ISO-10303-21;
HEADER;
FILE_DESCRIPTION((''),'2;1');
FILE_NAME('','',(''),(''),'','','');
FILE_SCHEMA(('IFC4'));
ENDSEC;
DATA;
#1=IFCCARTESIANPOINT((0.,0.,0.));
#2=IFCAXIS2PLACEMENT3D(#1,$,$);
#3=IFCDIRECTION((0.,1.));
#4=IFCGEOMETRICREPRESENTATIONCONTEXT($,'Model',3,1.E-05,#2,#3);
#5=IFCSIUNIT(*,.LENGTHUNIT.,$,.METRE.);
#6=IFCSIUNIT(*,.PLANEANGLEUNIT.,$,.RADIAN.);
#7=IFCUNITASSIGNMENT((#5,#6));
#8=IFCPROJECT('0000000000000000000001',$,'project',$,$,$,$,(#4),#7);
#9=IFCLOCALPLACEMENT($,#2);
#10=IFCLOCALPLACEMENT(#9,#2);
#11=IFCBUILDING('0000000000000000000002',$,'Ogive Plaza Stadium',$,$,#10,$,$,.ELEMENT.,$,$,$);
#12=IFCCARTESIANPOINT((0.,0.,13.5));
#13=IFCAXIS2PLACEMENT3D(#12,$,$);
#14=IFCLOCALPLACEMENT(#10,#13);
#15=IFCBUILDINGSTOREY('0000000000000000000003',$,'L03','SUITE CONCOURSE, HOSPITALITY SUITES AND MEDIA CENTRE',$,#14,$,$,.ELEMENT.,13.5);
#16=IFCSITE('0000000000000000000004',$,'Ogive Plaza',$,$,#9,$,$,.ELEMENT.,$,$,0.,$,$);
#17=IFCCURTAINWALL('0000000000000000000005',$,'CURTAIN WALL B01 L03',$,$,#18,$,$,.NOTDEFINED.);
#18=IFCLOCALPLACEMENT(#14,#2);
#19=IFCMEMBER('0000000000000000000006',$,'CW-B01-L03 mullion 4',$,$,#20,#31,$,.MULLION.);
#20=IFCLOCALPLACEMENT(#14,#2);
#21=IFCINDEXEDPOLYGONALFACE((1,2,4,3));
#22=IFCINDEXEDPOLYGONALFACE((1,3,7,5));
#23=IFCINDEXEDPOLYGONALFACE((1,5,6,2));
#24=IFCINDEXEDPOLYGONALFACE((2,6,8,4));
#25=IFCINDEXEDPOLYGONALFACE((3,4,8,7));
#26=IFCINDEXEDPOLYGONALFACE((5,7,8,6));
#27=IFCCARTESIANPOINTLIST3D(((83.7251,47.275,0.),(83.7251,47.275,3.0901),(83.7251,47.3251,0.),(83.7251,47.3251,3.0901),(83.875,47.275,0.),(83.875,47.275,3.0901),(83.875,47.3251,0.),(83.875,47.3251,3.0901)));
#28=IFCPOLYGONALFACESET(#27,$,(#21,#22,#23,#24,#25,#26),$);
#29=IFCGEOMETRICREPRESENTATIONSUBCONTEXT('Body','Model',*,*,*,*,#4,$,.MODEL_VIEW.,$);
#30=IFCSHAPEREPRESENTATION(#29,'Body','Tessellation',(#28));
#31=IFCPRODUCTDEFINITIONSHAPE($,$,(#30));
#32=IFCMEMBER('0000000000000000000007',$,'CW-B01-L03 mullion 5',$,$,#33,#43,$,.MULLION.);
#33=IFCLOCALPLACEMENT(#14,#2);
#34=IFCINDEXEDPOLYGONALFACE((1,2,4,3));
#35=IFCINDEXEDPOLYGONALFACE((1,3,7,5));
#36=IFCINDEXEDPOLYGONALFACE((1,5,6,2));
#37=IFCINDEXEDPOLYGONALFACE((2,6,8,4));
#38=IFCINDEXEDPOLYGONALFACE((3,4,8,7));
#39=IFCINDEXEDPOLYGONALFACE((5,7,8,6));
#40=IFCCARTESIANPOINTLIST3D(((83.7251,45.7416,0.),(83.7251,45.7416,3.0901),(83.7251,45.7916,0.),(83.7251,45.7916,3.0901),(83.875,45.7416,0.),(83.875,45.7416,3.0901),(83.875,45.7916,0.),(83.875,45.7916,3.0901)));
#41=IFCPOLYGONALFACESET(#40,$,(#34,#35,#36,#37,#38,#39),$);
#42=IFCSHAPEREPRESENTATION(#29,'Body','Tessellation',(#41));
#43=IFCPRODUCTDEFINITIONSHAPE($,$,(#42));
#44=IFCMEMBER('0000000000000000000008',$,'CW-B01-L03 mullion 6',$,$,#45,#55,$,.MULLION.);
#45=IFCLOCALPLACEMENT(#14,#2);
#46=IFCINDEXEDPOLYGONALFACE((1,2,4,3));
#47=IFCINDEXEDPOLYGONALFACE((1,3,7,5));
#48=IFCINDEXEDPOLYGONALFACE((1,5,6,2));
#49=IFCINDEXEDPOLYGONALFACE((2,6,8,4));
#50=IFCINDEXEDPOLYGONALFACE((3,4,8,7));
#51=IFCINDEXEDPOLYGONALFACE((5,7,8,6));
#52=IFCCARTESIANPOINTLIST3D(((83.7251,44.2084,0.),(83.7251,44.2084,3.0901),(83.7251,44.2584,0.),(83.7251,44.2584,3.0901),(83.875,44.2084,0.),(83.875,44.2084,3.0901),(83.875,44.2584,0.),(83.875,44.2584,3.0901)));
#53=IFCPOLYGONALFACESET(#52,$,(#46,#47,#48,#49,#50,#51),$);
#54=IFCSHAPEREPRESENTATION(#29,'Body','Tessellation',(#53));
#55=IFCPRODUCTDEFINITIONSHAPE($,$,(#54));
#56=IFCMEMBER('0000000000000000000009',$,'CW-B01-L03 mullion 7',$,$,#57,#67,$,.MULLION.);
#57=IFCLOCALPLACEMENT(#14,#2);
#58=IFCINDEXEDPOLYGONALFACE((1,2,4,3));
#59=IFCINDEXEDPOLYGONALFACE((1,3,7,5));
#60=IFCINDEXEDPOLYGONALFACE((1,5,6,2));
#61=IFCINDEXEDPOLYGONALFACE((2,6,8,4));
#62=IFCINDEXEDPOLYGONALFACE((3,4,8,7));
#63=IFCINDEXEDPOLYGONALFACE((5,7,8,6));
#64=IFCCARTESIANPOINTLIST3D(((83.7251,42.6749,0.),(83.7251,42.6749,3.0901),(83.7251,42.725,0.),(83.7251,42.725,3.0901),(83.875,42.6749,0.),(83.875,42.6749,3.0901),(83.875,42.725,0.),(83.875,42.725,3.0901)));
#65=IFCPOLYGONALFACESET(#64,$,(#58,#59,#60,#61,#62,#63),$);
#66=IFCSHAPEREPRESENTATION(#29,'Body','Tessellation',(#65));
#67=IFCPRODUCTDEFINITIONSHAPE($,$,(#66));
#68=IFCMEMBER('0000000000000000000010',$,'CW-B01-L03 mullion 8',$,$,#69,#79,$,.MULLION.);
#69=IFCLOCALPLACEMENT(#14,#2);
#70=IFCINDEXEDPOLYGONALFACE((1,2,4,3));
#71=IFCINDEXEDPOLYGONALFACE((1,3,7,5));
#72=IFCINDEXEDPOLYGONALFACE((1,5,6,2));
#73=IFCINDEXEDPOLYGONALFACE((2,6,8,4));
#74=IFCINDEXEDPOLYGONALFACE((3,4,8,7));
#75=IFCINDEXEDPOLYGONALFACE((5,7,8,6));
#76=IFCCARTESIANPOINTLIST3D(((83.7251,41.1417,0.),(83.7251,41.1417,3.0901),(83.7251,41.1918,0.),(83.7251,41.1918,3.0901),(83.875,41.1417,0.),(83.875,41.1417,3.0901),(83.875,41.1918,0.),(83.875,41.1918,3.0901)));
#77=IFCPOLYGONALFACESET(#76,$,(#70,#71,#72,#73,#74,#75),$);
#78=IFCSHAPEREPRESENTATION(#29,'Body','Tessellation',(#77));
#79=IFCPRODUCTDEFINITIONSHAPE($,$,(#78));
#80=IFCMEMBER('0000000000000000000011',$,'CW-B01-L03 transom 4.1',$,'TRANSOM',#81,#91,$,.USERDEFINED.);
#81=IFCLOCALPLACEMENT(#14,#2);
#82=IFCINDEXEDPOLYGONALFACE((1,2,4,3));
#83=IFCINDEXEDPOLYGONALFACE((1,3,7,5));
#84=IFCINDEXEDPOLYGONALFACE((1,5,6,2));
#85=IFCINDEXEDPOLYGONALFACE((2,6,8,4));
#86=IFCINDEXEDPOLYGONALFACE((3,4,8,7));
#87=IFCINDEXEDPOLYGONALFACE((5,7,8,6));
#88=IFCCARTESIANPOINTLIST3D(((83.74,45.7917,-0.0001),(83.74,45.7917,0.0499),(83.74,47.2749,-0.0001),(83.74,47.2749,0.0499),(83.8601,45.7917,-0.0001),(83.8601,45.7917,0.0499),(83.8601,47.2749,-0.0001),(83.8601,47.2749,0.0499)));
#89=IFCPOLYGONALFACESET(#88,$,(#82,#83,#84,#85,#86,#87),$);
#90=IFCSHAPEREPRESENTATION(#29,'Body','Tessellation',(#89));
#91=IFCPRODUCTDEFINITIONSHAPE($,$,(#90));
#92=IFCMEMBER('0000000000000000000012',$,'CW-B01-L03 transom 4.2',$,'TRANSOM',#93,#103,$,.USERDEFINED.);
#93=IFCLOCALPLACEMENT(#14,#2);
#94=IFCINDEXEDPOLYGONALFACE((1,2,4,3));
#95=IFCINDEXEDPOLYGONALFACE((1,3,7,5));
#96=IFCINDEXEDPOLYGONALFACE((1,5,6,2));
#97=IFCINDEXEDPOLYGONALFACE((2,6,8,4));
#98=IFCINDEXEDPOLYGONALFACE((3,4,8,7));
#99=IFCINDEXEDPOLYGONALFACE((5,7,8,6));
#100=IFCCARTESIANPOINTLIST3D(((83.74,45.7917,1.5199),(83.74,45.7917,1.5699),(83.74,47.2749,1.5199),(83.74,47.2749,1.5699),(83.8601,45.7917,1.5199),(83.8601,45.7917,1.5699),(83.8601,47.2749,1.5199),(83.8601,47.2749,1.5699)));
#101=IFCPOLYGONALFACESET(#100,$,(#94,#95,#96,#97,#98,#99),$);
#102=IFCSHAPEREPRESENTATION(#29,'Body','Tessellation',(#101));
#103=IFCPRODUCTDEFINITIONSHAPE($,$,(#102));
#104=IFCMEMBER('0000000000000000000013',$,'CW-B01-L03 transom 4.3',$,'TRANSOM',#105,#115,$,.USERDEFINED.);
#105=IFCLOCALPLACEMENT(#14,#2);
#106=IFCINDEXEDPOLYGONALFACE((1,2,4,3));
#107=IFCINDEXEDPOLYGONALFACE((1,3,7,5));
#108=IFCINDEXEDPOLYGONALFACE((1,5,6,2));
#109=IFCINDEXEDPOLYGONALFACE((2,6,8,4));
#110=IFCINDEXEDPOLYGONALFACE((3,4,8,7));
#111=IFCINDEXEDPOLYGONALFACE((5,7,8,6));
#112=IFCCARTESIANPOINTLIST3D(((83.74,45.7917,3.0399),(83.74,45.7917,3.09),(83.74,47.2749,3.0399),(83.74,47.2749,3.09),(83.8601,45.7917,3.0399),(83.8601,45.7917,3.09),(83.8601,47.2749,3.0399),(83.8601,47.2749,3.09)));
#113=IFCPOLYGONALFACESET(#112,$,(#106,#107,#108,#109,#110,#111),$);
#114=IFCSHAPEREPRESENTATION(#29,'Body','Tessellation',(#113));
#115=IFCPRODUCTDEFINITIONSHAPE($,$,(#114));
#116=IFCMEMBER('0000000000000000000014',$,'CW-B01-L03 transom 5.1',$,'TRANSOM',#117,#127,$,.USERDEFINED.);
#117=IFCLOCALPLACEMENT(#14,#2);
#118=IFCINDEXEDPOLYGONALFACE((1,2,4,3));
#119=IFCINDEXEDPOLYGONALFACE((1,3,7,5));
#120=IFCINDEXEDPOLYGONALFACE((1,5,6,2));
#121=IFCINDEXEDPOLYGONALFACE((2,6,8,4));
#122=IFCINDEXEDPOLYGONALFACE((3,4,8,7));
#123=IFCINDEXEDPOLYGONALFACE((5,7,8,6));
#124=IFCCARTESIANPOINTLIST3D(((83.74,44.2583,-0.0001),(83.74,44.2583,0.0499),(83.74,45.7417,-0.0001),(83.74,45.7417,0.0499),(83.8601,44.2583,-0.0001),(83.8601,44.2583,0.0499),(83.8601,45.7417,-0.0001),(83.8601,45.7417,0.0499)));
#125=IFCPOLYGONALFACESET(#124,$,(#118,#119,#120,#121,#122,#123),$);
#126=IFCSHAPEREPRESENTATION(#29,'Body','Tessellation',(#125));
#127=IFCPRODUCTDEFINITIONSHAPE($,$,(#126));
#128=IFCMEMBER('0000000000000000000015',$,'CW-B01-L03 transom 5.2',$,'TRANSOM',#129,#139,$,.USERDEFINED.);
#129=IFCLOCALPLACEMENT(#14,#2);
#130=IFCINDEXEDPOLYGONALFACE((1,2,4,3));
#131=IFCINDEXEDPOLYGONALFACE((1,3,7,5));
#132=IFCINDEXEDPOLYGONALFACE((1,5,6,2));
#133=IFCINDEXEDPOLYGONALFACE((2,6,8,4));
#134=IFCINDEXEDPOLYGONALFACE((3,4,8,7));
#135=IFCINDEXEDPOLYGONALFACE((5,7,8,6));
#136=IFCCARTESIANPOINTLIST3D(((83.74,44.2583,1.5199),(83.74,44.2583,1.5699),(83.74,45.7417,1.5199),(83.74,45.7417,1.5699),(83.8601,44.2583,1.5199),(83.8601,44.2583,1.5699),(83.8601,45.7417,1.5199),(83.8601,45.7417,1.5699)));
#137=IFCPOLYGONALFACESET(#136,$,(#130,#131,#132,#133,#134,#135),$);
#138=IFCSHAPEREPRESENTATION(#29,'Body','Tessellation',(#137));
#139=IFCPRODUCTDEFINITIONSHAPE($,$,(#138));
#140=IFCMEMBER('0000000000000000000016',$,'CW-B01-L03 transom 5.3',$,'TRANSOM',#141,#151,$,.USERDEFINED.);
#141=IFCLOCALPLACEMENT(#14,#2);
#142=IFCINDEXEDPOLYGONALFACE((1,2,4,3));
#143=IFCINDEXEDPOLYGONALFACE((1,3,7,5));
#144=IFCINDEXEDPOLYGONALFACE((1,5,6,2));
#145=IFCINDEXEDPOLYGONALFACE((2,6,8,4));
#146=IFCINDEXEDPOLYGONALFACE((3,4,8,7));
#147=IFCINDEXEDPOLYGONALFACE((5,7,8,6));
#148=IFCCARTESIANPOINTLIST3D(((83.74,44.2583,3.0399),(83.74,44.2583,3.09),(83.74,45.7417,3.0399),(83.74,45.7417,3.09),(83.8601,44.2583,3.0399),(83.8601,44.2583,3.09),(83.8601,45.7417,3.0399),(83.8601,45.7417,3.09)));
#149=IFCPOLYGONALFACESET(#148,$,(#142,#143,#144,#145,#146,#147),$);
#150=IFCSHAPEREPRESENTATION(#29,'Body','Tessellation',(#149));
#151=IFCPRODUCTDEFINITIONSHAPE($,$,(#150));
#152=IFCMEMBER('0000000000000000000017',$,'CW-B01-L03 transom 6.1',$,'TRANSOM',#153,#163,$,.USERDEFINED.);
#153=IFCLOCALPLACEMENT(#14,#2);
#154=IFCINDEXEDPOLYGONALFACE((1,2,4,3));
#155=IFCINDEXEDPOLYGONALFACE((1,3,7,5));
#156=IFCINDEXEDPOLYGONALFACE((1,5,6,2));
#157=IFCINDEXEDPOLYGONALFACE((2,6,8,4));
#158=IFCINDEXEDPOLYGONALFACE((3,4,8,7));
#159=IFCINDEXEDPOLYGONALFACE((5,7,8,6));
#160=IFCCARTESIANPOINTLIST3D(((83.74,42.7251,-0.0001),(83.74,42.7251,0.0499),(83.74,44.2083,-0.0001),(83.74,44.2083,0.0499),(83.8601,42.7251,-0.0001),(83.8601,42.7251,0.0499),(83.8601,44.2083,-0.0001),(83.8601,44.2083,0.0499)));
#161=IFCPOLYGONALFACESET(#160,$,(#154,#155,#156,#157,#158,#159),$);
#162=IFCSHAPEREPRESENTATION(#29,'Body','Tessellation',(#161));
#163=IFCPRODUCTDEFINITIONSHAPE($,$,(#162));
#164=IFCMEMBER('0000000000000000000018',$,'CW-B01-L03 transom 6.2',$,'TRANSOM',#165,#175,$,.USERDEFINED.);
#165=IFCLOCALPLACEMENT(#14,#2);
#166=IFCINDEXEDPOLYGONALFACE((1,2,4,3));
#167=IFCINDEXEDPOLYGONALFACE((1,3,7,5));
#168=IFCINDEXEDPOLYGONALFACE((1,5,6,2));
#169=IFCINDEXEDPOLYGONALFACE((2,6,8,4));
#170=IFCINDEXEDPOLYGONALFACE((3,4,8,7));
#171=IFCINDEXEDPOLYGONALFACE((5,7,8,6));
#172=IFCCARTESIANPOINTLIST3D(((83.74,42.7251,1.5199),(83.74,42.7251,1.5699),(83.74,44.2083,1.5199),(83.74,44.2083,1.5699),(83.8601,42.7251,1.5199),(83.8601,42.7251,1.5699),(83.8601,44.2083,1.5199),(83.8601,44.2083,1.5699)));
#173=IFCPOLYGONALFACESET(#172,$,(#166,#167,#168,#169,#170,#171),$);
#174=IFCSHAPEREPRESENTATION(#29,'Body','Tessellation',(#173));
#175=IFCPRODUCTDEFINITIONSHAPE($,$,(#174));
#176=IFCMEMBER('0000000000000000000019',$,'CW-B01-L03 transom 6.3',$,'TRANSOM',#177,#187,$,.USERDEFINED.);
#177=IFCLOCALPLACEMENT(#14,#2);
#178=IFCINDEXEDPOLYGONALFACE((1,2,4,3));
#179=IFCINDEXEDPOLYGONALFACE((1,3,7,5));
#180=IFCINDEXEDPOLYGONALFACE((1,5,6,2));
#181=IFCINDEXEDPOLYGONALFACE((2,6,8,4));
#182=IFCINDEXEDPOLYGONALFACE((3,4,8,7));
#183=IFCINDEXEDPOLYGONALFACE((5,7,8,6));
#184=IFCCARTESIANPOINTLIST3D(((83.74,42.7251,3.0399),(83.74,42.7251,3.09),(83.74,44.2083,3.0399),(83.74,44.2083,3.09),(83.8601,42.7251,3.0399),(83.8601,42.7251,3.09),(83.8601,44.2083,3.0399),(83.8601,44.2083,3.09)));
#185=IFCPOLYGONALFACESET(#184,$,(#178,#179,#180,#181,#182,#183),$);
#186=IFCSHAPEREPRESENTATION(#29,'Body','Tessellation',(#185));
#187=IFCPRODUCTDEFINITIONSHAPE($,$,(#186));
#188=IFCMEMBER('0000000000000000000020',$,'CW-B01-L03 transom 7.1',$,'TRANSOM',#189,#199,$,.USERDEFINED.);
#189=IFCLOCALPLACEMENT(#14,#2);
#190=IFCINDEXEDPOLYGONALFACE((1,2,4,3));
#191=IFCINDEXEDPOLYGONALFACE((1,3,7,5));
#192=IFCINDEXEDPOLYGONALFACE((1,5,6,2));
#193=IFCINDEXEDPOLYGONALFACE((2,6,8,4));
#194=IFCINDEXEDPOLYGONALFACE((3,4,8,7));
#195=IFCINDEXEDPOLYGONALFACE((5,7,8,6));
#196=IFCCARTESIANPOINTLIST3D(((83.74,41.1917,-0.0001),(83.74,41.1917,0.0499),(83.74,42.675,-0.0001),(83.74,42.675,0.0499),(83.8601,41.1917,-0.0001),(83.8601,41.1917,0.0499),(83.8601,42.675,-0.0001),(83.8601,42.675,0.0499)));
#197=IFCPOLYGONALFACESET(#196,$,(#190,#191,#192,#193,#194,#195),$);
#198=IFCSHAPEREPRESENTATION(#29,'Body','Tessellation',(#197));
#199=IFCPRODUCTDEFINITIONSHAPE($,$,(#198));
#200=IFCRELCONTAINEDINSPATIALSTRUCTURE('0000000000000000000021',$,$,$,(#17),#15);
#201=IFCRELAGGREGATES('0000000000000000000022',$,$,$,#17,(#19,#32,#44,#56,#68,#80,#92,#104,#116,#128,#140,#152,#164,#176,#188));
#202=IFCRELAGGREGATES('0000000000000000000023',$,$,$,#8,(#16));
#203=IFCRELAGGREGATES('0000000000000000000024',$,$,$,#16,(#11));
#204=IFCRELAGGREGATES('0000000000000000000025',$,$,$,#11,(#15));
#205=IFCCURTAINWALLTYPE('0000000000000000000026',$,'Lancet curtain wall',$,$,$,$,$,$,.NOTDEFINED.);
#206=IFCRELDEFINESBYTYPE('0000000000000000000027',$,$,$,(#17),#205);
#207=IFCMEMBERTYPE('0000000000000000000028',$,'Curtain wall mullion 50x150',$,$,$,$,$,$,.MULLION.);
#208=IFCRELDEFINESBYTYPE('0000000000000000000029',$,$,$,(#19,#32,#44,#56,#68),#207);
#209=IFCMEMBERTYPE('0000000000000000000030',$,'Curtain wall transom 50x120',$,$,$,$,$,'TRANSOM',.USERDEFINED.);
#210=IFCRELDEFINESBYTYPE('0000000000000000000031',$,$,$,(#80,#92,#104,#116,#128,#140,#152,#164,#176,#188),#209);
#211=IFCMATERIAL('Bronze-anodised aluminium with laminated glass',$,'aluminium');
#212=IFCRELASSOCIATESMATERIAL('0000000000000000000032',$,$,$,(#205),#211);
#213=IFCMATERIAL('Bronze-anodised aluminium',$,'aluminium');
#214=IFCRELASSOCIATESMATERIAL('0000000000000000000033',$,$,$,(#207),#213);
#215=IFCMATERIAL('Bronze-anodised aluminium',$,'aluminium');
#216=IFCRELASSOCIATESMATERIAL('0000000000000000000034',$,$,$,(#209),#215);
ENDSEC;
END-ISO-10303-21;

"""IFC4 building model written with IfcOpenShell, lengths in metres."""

from ifc_helpers import new_model, si_unit, direction, frame, origin, origin_2d, place, context, subcontext, project, spatial, rectangle, extrude, material, material_profile, profile_set, type_object, element, aggregate, save


model = new_model("IFC4")

# Units and contexts
model_context = context("Model", 3, precision=1e-05, world=origin(), true_north=direction((0.0, 1.0)))
body_context = subcontext(model_context, "Body", "Model", "MODEL_VIEW")
ifc_project = project(units=[si_unit("LENGTHUNIT", "METRE"), si_unit("PLANEANGLEUNIT", "RADIAN")], contexts=[model_context])

# Site, building, storey
site_placement = place(None, origin())
site = spatial("IfcSite", under=ifc_project, at=site_placement, Name="Ogive Plaza", CompositionType="ELEMENT", RefElevation=0.0)
building_placement = place(site_placement, origin())
building = spatial("IfcBuilding", under=site, at=building_placement, Name="Ogive Plaza Stadium", CompositionType="ELEMENT")
storey_placement = place(building_placement, frame((0.0, 0.0, 13.5)))
storey = spatial("IfcBuildingStorey", under=building, at=storey_placement, Name="L03", Description="SUITE CONCOURSE, HOSPITALITY SUITES AND MEDIA CENTRE", CompositionType="ELEMENT", Elevation=13.5)

# Curtain wall, members
ifc_material_1 = material(Name="Bronze-anodised aluminium with laminated glass", Category="aluminium")
curtain_wall_type = type_object("IfcCurtainWallType", Name="Lancet curtain wall", PredefinedType="NOTDEFINED", material=ifc_material_1)
curtain_wall_placement = place(storey_placement, origin())
curtain_wall = element("IfcCurtainWall", 1, at=curtain_wall_placement, inside=storey, type_object=curtain_wall_type, Name="CURTAIN WALL B01 L03", PredefinedType="NOTDEFINED")
ifc_material_2 = material(Name="Bronze-anodised aluminium", Category="aluminium")
ifc_material_profile_1 = material_profile(ifc_material_2, rectangle(XDim=0.1499, YDim=0.05, at=origin_2d()), Name="AL 150x50")
ifc_profile_set_1 = profile_set([ifc_material_profile_1], Name="Bronze-anodised aluminium")
member_type_1 = type_object("IfcMemberType", Name="Curtain wall mullion 50x150", PredefinedType="MULLION", material=ifc_profile_set_1)
member_1_placement = place(storey_placement, frame((83.8, 47.3, 0.0), z_axis=(0.0, 0.0, 1.0), x_axis=(1.0, 0.0, 0.0)))
member_1 = element("IfcMember", 2, at=member_1_placement, type_object=member_type_1, Name="CW-B01-L03 mullion 4", PredefinedType="MULLION", context=body_context, shape_type="SweptSolid", body=[
    extrude(rectangle(XDim=0.1499, YDim=0.05, at=origin_2d()), origin(), (0.0, 0.0, 1.0), 3.0901),
])
member_2_placement = place(storey_placement, frame((83.8, 45.7666, 0.0), z_axis=(0.0, 0.0, 1.0), x_axis=(1.0, 0.0, 0.0)))
member_2 = element("IfcMember", 3, at=member_2_placement, type_object=member_type_1, Name="CW-B01-L03 mullion 5", PredefinedType="MULLION", context=body_context, shape_type="SweptSolid", body=[
    extrude(rectangle(XDim=0.1499, YDim=0.05, at=origin_2d()), origin(), (0.0, 0.0, 1.0), 3.0901),
])
member_3_placement = place(storey_placement, frame((83.8, 44.2334, 0.0), z_axis=(0.0, 0.0, 1.0), x_axis=(1.0, 0.0, 0.0)))
member_3 = element("IfcMember", 4, at=member_3_placement, type_object=member_type_1, Name="CW-B01-L03 mullion 6", PredefinedType="MULLION", context=body_context, shape_type="SweptSolid", body=[
    extrude(rectangle(XDim=0.1499, YDim=0.05, at=origin_2d()), origin(), (0.0, 0.0, 1.0), 3.0901),
])
member_4_placement = place(storey_placement, frame((83.8, 42.7, 0.0), z_axis=(0.0, 0.0, 1.0), x_axis=(1.0, 0.0, 0.0)))
member_4 = element("IfcMember", 5, at=member_4_placement, type_object=member_type_1, Name="CW-B01-L03 mullion 7", PredefinedType="MULLION", context=body_context, shape_type="SweptSolid", body=[
    extrude(rectangle(XDim=0.1499, YDim=0.05, at=origin_2d()), origin(), (0.0, 0.0, 1.0), 3.0901),
])
member_5_placement = place(storey_placement, frame((83.8, 41.1667, 0.0), z_axis=(0.0, 0.0, 1.0), x_axis=(1.0, 0.0, 0.0)))
member_5 = element("IfcMember", 6, at=member_5_placement, type_object=member_type_1, Name="CW-B01-L03 mullion 8", PredefinedType="MULLION", context=body_context, shape_type="SweptSolid", body=[
    extrude(rectangle(XDim=0.1499, YDim=0.05, at=origin_2d()), origin(), (0.0, 0.0, 1.0), 3.0901),
])
ifc_material_3 = material(Name="Bronze-anodised aluminium", Category="aluminium")
ifc_material_profile_2 = material_profile(ifc_material_3, rectangle(XDim=0.1201, YDim=0.05, at=origin_2d()), Name="AL 120x50")
ifc_profile_set_2 = profile_set([ifc_material_profile_2], Name="Bronze-anodised aluminium")
member_type_2 = type_object("IfcMemberType", Name="Curtain wall transom 50x120", ElementType="TRANSOM", PredefinedType="USERDEFINED", material=ifc_profile_set_2)
member_6_placement = place(storey_placement, frame((83.8, 47.2749, 0.0249), z_axis=(0.0, -1.0, 0.0), x_axis=(1.0, 0.0, 0.0)))
member_6 = element("IfcMember", 7, at=member_6_placement, type_object=member_type_2, Name="CW-B01-L03 transom 4.1", ObjectType="TRANSOM", PredefinedType="USERDEFINED", context=body_context, shape_type="SweptSolid", body=[
    extrude(rectangle(XDim=0.1201, YDim=0.05, at=origin_2d()), origin(), (0.0, 0.0, 1.0), 1.4832),
])
member_7_placement = place(storey_placement, frame((83.8, 47.2749, 1.5449), z_axis=(0.0, -1.0, 0.0), x_axis=(1.0, 0.0, 0.0)))
member_7 = element("IfcMember", 8, at=member_7_placement, type_object=member_type_2, Name="CW-B01-L03 transom 4.2", ObjectType="TRANSOM", PredefinedType="USERDEFINED", context=body_context, shape_type="SweptSolid", body=[
    extrude(rectangle(XDim=0.1201, YDim=0.05, at=origin_2d()), origin(), (0.0, 0.0, 1.0), 1.4832),
])
member_8_placement = place(storey_placement, frame((83.8, 47.2749, 3.0649), z_axis=(0.0, -1.0, 0.0), x_axis=(1.0, 0.0, 0.0)))
member_8 = element("IfcMember", 9, at=member_8_placement, type_object=member_type_2, Name="CW-B01-L03 transom 4.3", ObjectType="TRANSOM", PredefinedType="USERDEFINED", context=body_context, shape_type="SweptSolid", body=[
    extrude(rectangle(XDim=0.1201, YDim=0.05, at=origin_2d()), origin(), (0.0, 0.0, 1.0), 1.4832),
])
member_9_placement = place(storey_placement, frame((83.8, 45.7417, 0.0249), z_axis=(0.0, -1.0, 0.0), x_axis=(1.0, 0.0, 0.0)))
member_9 = element("IfcMember", 10, at=member_9_placement, type_object=member_type_2, Name="CW-B01-L03 transom 5.1", ObjectType="TRANSOM", PredefinedType="USERDEFINED", context=body_context, shape_type="SweptSolid", body=[
    extrude(rectangle(XDim=0.1201, YDim=0.05, at=origin_2d()), origin(), (0.0, 0.0, 1.0), 1.4834),
])
member_10_placement = place(storey_placement, frame((83.8, 45.7417, 1.5449), z_axis=(0.0, -1.0, 0.0), x_axis=(1.0, 0.0, 0.0)))
member_10 = element("IfcMember", 11, at=member_10_placement, type_object=member_type_2, Name="CW-B01-L03 transom 5.2", ObjectType="TRANSOM", PredefinedType="USERDEFINED", context=body_context, shape_type="SweptSolid", body=[
    extrude(rectangle(XDim=0.1201, YDim=0.05, at=origin_2d()), origin(), (0.0, 0.0, 1.0), 1.4834),
])
member_11_placement = place(storey_placement, frame((83.8, 45.7417, 3.0649), z_axis=(0.0, -1.0, 0.0), x_axis=(1.0, 0.0, 0.0)))
member_11 = element("IfcMember", 12, at=member_11_placement, type_object=member_type_2, Name="CW-B01-L03 transom 5.3", ObjectType="TRANSOM", PredefinedType="USERDEFINED", context=body_context, shape_type="SweptSolid", body=[
    extrude(rectangle(XDim=0.1201, YDim=0.05, at=origin_2d()), origin(), (0.0, 0.0, 1.0), 1.4834),
])
member_12_placement = place(storey_placement, frame((83.8, 44.2083, 0.0249), z_axis=(0.0, -1.0, 0.0), x_axis=(1.0, 0.0, 0.0)))
member_12 = element("IfcMember", 13, at=member_12_placement, type_object=member_type_2, Name="CW-B01-L03 transom 6.1", ObjectType="TRANSOM", PredefinedType="USERDEFINED", context=body_context, shape_type="SweptSolid", body=[
    extrude(rectangle(XDim=0.1201, YDim=0.05, at=origin_2d()), origin(), (0.0, 0.0, 1.0), 1.4832),
])
member_13_placement = place(storey_placement, frame((83.8, 44.2083, 1.5449), z_axis=(0.0, -1.0, 0.0), x_axis=(1.0, 0.0, 0.0)))
member_13 = element("IfcMember", 14, at=member_13_placement, type_object=member_type_2, Name="CW-B01-L03 transom 6.2", ObjectType="TRANSOM", PredefinedType="USERDEFINED", context=body_context, shape_type="SweptSolid", body=[
    extrude(rectangle(XDim=0.1201, YDim=0.05, at=origin_2d()), origin(), (0.0, 0.0, 1.0), 1.4832),
])
member_14_placement = place(storey_placement, frame((83.8, 44.2083, 3.0649), z_axis=(0.0, -1.0, 0.0), x_axis=(1.0, 0.0, 0.0)))
member_14 = element("IfcMember", 15, at=member_14_placement, type_object=member_type_2, Name="CW-B01-L03 transom 6.3", ObjectType="TRANSOM", PredefinedType="USERDEFINED", context=body_context, shape_type="SweptSolid", body=[
    extrude(rectangle(XDim=0.1201, YDim=0.05, at=origin_2d()), origin(), (0.0, 0.0, 1.0), 1.4832),
])
member_15_placement = place(storey_placement, frame((83.8, 42.675, 0.0249), z_axis=(0.0, -1.0, 0.0), x_axis=(1.0, 0.0, 0.0)))
member_15 = element("IfcMember", 16, at=member_15_placement, type_object=member_type_2, Name="CW-B01-L03 transom 7.1", ObjectType="TRANSOM", PredefinedType="USERDEFINED", context=body_context, shape_type="SweptSolid", body=[
    extrude(rectangle(XDim=0.1201, YDim=0.05, at=origin_2d()), origin(), (0.0, 0.0, 1.0), 1.4834),
])
aggregate(curtain_wall, [member_1, member_2, member_3, member_4, member_5, member_6, member_7, member_8, member_9, member_10, member_11, member_12, member_13, member_14, member_15])

save(model, "model.ifc")
